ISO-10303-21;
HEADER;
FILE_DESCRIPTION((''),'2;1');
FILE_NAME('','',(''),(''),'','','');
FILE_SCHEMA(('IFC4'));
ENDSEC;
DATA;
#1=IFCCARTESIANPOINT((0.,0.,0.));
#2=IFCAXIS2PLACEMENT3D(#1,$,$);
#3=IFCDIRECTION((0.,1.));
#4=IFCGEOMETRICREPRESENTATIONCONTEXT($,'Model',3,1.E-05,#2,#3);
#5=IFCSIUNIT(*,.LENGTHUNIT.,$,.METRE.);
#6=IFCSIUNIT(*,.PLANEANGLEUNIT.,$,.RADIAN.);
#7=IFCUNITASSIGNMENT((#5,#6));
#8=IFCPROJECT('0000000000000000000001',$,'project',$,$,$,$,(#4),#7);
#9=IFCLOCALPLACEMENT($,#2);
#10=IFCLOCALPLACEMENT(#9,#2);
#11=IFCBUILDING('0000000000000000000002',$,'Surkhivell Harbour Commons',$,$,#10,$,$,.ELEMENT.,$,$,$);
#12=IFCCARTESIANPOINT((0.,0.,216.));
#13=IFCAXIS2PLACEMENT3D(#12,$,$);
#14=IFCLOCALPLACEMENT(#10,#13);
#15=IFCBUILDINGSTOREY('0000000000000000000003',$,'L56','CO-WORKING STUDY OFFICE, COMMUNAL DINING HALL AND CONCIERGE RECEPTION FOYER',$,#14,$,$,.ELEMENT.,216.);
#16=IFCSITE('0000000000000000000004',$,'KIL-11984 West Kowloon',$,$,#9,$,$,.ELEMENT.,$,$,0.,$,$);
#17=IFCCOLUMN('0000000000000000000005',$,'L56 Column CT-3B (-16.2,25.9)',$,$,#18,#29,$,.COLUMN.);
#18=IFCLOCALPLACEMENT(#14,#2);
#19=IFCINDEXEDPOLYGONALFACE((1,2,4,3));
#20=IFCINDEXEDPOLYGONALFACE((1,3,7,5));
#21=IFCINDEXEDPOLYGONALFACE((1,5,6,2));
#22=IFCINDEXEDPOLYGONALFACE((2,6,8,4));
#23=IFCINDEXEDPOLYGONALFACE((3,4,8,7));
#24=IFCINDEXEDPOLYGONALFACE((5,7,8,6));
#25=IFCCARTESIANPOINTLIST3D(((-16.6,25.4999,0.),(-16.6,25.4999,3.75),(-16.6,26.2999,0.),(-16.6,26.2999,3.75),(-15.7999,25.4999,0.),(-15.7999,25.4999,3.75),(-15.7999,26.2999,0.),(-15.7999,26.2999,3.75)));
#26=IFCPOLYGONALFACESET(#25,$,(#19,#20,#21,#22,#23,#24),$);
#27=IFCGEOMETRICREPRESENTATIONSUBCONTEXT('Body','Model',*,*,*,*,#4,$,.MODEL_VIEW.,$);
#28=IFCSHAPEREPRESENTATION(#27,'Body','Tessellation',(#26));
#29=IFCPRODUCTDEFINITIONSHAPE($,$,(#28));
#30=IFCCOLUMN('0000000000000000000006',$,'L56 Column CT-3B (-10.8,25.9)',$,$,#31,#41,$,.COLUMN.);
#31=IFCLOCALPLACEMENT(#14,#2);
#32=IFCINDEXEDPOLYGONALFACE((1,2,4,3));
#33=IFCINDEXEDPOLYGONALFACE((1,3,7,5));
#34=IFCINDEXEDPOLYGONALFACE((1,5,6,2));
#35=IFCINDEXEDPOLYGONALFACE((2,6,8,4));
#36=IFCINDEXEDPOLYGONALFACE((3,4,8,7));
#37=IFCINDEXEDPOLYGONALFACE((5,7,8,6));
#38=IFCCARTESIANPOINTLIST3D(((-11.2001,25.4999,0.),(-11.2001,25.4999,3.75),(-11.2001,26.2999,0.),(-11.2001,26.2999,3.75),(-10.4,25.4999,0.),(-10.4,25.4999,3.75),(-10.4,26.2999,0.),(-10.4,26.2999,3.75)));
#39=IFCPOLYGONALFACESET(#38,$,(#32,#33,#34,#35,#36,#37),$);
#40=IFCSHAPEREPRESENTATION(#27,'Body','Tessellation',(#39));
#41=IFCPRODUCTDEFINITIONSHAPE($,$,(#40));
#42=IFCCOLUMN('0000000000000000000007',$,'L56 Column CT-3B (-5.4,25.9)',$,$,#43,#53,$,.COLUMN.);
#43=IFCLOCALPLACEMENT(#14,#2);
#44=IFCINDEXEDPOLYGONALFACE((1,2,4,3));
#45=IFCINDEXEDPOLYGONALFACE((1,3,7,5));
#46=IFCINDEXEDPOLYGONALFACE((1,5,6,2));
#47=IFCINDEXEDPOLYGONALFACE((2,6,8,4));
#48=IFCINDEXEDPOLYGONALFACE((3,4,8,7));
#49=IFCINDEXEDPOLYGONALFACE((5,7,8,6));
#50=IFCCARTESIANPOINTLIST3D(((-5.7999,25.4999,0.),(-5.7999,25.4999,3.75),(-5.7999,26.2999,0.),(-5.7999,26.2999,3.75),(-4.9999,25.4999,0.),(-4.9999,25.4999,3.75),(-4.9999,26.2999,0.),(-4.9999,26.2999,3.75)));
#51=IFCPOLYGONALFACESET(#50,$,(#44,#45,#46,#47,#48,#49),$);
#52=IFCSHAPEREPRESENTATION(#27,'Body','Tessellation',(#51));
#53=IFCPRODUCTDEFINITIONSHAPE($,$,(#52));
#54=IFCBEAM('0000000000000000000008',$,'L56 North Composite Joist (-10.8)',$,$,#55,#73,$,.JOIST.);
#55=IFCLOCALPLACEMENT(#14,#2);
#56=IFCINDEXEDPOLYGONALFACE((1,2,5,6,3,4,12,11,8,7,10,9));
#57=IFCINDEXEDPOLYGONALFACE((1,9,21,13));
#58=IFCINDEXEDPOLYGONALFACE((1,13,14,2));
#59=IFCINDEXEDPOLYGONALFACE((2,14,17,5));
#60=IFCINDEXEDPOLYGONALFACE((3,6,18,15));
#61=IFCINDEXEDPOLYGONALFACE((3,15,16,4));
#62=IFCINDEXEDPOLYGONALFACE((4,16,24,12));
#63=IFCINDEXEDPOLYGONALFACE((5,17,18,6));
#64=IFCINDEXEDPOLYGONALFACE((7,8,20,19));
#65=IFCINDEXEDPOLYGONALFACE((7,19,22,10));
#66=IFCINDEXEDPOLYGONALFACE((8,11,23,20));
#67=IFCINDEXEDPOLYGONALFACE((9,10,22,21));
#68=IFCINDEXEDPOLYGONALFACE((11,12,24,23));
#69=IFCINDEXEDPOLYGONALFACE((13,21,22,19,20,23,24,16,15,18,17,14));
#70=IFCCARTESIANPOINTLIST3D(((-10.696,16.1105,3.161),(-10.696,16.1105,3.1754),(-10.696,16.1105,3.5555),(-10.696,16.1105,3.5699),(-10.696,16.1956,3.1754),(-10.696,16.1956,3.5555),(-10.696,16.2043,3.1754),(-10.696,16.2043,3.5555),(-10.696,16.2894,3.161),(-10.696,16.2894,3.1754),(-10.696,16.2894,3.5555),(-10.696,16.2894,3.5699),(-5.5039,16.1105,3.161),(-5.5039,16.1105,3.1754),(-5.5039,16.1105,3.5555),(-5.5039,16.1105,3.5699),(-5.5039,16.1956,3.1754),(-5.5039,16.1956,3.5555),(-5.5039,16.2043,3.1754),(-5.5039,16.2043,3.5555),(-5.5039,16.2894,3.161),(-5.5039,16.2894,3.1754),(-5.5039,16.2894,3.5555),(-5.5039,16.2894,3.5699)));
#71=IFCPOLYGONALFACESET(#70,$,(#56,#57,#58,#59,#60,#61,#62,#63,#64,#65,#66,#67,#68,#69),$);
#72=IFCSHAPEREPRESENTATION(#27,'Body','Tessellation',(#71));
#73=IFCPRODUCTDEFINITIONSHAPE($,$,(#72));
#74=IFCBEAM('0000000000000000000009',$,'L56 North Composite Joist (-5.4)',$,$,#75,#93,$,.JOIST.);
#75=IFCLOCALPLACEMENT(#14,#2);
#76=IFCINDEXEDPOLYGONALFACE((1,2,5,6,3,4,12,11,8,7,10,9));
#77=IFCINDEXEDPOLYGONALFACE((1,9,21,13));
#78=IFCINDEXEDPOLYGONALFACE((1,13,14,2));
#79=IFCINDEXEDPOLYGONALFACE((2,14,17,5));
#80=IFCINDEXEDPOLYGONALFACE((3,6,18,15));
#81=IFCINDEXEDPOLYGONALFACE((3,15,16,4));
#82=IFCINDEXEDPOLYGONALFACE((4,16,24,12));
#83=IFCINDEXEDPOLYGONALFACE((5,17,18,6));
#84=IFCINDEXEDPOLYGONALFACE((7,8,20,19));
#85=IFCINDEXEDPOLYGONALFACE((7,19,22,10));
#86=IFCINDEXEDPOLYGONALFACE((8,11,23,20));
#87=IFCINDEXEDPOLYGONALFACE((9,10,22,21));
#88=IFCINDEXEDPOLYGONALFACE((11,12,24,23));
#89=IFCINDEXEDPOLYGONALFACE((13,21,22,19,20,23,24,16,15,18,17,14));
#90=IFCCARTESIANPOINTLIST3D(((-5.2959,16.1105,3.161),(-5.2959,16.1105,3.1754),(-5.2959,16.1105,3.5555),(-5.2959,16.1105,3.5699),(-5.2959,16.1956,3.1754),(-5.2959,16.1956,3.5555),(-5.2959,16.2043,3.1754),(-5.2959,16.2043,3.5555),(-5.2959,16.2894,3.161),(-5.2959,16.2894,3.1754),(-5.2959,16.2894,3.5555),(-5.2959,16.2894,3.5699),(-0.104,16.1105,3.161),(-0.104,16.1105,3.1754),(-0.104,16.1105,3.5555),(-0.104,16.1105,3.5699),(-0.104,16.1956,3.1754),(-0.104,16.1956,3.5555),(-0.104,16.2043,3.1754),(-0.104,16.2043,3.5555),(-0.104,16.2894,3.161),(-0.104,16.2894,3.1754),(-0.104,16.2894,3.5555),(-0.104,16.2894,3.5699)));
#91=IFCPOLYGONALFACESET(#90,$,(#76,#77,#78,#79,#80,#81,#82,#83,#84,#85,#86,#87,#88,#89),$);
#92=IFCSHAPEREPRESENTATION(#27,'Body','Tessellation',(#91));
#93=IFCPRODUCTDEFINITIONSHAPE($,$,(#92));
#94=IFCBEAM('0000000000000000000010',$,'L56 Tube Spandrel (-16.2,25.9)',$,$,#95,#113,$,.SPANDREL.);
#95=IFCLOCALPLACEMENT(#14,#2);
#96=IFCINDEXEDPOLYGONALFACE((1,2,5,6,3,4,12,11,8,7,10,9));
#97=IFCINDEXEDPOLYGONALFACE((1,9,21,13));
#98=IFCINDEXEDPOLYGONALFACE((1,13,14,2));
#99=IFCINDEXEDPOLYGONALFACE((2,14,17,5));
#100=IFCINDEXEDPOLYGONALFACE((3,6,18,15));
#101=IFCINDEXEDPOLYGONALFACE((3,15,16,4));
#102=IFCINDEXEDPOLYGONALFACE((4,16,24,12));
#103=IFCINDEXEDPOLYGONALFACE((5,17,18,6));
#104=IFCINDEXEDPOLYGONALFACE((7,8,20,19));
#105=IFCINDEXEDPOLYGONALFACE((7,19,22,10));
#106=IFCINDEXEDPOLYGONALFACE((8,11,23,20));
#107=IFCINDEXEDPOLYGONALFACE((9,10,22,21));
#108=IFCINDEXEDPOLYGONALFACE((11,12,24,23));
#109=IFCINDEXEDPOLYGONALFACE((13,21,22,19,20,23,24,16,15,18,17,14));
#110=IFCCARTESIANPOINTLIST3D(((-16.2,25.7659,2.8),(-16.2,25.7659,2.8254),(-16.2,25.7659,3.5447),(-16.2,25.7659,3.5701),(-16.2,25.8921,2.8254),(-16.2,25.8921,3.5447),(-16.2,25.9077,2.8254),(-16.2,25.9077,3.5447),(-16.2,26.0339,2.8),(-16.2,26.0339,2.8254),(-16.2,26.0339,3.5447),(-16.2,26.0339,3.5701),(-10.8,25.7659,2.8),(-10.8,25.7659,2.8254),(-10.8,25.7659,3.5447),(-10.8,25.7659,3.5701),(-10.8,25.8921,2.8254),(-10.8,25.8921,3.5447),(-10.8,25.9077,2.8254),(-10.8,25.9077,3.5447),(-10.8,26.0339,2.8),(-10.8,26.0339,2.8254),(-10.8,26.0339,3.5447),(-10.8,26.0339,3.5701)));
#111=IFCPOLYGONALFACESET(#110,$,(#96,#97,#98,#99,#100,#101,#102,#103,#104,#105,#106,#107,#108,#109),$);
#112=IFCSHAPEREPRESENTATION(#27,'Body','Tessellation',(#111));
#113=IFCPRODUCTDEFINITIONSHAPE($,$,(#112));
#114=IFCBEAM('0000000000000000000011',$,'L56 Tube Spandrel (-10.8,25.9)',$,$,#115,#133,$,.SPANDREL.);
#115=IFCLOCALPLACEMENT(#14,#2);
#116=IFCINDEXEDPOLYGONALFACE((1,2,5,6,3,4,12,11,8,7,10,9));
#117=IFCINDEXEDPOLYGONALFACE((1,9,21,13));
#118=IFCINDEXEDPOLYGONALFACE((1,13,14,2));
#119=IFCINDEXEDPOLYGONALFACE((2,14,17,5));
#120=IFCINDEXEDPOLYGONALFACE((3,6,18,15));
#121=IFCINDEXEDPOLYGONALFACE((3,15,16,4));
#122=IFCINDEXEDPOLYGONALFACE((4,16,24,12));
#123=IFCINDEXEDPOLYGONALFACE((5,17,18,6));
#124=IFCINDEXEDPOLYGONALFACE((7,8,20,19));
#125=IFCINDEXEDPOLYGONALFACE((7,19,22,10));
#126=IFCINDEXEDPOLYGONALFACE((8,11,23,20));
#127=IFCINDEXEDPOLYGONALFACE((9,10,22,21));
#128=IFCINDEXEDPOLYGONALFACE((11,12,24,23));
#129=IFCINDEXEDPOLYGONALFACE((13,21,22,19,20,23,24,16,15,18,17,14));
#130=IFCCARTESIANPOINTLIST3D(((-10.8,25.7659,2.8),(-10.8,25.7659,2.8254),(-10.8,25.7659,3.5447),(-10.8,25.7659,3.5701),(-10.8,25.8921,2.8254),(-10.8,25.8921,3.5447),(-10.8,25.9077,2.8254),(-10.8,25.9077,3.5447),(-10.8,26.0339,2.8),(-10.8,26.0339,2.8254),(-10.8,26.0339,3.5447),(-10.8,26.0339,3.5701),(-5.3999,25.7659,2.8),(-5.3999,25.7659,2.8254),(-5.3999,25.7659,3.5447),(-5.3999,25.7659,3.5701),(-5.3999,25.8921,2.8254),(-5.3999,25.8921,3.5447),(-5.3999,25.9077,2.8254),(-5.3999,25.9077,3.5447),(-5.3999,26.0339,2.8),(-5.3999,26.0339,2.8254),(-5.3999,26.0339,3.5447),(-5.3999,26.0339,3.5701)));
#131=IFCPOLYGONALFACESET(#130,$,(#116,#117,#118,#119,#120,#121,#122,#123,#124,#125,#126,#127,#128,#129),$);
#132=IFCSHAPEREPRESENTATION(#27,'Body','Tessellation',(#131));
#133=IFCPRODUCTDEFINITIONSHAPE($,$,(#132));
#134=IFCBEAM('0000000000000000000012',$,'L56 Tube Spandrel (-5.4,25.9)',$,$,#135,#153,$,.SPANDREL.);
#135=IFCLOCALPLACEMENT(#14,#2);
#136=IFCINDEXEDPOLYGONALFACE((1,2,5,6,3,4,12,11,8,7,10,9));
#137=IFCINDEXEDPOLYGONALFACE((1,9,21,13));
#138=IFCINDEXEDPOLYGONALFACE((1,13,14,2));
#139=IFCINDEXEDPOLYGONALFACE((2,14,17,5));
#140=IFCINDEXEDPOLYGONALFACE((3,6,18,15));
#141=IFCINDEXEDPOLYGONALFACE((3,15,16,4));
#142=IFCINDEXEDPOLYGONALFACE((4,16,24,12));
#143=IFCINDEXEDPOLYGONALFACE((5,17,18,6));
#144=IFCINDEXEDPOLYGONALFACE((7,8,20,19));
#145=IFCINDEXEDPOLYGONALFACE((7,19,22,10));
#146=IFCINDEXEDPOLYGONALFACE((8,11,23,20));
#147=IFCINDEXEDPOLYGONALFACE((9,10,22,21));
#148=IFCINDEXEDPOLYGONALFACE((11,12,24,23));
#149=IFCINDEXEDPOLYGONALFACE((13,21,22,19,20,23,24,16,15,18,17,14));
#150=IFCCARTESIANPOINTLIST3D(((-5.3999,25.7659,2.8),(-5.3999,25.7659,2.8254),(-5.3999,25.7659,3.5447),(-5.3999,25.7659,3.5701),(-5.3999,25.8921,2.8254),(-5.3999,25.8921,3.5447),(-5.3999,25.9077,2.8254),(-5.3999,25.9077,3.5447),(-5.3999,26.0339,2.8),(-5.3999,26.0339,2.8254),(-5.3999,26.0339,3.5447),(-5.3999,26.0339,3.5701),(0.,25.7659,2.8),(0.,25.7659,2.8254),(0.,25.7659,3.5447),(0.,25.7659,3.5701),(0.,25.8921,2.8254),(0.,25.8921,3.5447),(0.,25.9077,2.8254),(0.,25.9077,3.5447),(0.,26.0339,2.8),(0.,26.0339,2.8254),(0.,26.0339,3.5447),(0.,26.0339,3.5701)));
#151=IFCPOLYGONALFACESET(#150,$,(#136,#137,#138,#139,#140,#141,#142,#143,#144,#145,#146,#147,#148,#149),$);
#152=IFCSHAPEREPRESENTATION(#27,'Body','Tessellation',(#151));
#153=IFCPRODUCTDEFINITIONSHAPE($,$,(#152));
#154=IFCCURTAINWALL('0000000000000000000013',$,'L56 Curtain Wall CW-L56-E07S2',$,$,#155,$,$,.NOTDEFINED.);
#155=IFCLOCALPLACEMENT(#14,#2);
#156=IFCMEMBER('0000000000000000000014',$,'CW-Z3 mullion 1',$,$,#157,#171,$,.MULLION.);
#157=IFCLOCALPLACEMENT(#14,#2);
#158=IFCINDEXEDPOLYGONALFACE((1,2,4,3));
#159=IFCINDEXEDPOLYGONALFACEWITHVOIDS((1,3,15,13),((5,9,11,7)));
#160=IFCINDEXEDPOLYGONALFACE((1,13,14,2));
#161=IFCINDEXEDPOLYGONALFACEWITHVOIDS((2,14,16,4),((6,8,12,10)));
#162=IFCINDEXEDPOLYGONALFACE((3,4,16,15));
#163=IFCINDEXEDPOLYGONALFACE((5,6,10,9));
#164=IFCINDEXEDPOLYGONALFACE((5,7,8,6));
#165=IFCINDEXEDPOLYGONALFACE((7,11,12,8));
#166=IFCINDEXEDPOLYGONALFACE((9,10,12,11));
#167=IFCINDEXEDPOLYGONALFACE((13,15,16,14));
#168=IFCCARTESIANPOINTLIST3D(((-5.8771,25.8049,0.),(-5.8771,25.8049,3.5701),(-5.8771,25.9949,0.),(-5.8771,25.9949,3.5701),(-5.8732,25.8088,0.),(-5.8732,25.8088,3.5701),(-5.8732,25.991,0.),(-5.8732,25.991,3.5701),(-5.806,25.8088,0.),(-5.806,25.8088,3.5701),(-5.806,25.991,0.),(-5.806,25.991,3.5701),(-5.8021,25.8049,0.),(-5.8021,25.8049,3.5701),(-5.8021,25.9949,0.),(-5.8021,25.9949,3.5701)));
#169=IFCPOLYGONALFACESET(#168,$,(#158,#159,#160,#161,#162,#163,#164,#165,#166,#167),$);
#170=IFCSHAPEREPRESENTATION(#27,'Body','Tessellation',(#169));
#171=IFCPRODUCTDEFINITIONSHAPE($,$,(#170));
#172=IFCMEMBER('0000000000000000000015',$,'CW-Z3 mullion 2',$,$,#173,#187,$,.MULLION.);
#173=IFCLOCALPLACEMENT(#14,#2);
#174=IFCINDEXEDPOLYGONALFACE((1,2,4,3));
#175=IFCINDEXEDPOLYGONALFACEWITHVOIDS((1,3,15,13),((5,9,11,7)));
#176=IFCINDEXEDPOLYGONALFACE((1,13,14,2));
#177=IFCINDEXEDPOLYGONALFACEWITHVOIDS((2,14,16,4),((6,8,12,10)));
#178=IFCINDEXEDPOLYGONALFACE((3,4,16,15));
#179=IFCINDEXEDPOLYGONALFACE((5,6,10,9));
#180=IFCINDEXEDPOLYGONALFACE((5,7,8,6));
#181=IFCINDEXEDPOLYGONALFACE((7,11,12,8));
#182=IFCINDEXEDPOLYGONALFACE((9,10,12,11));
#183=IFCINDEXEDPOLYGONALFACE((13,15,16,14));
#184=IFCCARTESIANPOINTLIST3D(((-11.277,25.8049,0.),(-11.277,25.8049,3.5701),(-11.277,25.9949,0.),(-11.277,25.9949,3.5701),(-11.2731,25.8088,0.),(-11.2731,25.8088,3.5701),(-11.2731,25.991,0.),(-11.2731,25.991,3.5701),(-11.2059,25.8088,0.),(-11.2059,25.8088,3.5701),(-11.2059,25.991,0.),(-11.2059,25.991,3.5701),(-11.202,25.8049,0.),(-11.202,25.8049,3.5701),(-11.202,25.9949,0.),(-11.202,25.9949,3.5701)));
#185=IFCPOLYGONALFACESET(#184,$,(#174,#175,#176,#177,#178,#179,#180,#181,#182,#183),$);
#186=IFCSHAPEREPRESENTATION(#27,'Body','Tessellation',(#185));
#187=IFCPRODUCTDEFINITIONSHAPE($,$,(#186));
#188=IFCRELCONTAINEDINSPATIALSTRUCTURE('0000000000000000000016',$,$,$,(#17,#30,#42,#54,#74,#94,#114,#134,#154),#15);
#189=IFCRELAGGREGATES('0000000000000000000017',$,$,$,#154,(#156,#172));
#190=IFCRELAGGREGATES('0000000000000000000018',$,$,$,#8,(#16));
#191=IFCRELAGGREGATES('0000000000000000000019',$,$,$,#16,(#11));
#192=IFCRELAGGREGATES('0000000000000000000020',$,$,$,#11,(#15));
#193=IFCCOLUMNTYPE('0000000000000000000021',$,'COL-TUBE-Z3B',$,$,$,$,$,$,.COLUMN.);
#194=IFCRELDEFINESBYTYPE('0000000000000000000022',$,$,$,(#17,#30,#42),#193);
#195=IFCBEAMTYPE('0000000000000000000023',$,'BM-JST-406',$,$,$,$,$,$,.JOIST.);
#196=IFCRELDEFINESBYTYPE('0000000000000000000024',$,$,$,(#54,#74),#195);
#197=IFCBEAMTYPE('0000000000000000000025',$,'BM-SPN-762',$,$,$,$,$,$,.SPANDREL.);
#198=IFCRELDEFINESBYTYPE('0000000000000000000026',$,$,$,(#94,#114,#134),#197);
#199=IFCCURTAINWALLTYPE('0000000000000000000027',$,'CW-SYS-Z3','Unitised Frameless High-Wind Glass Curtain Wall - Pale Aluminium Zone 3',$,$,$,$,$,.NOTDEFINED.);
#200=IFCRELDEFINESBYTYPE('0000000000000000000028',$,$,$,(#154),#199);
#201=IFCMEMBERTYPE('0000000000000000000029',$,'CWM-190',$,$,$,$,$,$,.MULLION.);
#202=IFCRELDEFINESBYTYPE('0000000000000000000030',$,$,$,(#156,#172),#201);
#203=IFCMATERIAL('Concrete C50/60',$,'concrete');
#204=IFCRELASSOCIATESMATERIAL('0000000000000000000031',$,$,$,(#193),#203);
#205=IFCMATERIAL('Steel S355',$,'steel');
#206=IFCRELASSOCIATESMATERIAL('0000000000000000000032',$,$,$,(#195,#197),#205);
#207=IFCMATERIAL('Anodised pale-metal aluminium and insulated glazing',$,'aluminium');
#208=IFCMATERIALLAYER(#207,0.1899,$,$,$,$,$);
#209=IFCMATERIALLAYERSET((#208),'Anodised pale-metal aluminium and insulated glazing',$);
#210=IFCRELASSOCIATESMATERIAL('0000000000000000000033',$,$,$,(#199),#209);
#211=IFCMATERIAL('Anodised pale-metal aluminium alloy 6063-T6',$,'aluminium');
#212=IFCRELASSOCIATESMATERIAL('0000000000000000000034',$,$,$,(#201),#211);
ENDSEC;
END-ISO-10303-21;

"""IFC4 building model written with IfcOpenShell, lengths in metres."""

from ifc_helpers import new_model, si_unit, direction, frame, origin, origin_2d, place, context, subcontext, project, spatial, rectangle, hollow_rectangle, i_section, extrude, material, layer, layer_set, material_profile, profile_set, type_object, element, aggregate, save


model = new_model("IFC4")

# Units and contexts
model_context = context("Model", 3, precision=1e-05, world=origin(), true_north=direction((0.0, 1.0)))
body_context = subcontext(model_context, "Body", "Model", "MODEL_VIEW")
ifc_project = project(units=[si_unit("LENGTHUNIT", "METRE"), si_unit("PLANEANGLEUNIT", "RADIAN")], contexts=[model_context])

# Site, building, storey
site_placement = place(None, origin())
site = spatial("IfcSite", under=ifc_project, at=site_placement, Name="KIL-11984 West Kowloon", CompositionType="ELEMENT", RefElevation=0.0)
building_placement = place(site_placement, origin())
building = spatial("IfcBuilding", under=site, at=building_placement, Name="Surkhivell Harbour Commons", CompositionType="ELEMENT")
storey_placement = place(building_placement, frame((0.0, 0.0, 216.0)))
storey = spatial("IfcBuildingStorey", under=building, at=storey_placement, Name="L56", Description="CO-WORKING STUDY OFFICE, COMMUNAL DINING HALL AND CONCIERGE RECEPTION FOYER", CompositionType="ELEMENT", Elevation=216.0)

# Columns
ifc_material_1 = material(Name="Concrete C50/60", Category="concrete")
ifc_material_profile_1 = material_profile(ifc_material_1, rectangle(XDim=0.8, YDim=0.8, at=origin_2d()), Name="RC-COL-800x800")
ifc_profile_set_1 = profile_set([ifc_material_profile_1], Name="Concrete C50/60")
column_type = type_object("IfcColumnType", Name="COL-TUBE-Z3B", PredefinedType="COLUMN", material=ifc_profile_set_1)
for number, where, z_axis, x_axis, name in (
    (1, (-16.2, 25.8999, 0.0), (0.0, 0.0, 1.0), (1.0, 0.0, 0.0), "L56 Column CT-3B (-16.2,25.9)"),
    (2, (-10.8, 25.8999, 0.0), (0.0, 0.0, 1.0), (1.0, 0.0, 0.0), "L56 Column CT-3B (-10.8,25.9)"),
    (3, (-5.3999, 25.8999, 0.0), (0.0, 0.0, 1.0), (1.0, 0.0, 0.0), "L56 Column CT-3B (-5.4,25.9)"),
):
    element("IfcColumn", number, at=place(storey_placement, frame(where, z_axis=z_axis, x_axis=x_axis)), inside=storey, type_object=column_type, Name=name, PredefinedType="COLUMN", context=body_context, shape_type="SweptSolid", body=[
        extrude(rectangle(XDim=0.8, YDim=0.8, at=origin_2d()), origin(), (0.0, 0.0, 1.0), 3.75),
    ])

# Beams
ifc_material_2 = material(Name="Steel S355", Category="steel")
ifc_material_profile_2 = material_profile(ifc_material_2, i_section(OverallWidth=0.179, OverallDepth=0.4089, WebThickness=0.0088, FlangeThickness=0.0144, at=origin_2d()), Name="UB406x178x67")
ifc_profile_set_2 = profile_set([ifc_material_profile_2], Name="Steel S355")
beam_type_1 = type_object("IfcBeamType", Name="BM-JST-406", PredefinedType="JOIST", material=ifc_profile_set_2)
beam_1_placement = place(storey_placement, frame((-10.696, 16.2, 3.3655), z_axis=(1.0, 0.0, 0.0), x_axis=(0.0, 1.0, 0.0)))
element("IfcBeam", 4, at=beam_1_placement, inside=storey, type_object=beam_type_1, Name="L56 North Composite Joist (-10.8)", PredefinedType="JOIST", context=body_context, shape_type="SweptSolid", body=[
    extrude(i_section(OverallWidth=0.179, OverallDepth=0.4089, WebThickness=0.0088, FlangeThickness=0.0144, at=origin_2d()), origin(), (0.0, 0.0, 1.0), 5.1921),
])
beam_2_placement = place(storey_placement, frame((-5.2959, 16.2, 3.3655), z_axis=(1.0, 0.0, 0.0), x_axis=(0.0, 1.0, 0.0)))
element("IfcBeam", 5, at=beam_2_placement, inside=storey, type_object=beam_type_1, Name="L56 North Composite Joist (-5.4)", PredefinedType="JOIST", context=body_context, shape_type="SweptSolid", body=[
    extrude(i_section(OverallWidth=0.179, OverallDepth=0.4089, WebThickness=0.0088, FlangeThickness=0.0144, at=origin_2d()), origin(), (0.0, 0.0, 1.0), 5.1919),
])
ifc_material_profile_3 = material_profile(ifc_material_2, i_section(OverallWidth=0.2681, OverallDepth=0.77, WebThickness=0.0156, FlangeThickness=0.0254, at=origin_2d()), Name="UB762x267x197")
ifc_profile_set_3 = profile_set([ifc_material_profile_3], Name="Steel S355")
beam_type_2 = type_object("IfcBeamType", Name="BM-SPN-762", PredefinedType="SPANDREL", material=ifc_profile_set_3)
beam_3_placement = place(storey_placement, frame((-16.2, 25.8999, 3.1851), z_axis=(1.0, 0.0, 0.0), x_axis=(0.0, 1.0, 0.0)))
element("IfcBeam", 6, at=beam_3_placement, inside=storey, type_object=beam_type_2, Name="L56 Tube Spandrel (-16.2,25.9)", PredefinedType="SPANDREL", context=body_context, shape_type="SweptSolid", body=[
    extrude(i_section(OverallWidth=0.2681, OverallDepth=0.77, WebThickness=0.0156, FlangeThickness=0.0254, at=origin_2d()), origin(), (0.0, 0.0, 1.0), 5.3999),
])
beam_4_placement = place(storey_placement, frame((-10.8, 25.8999, 3.1851), z_axis=(1.0, 0.0, 0.0), x_axis=(0.0, 1.0, 0.0)))
element("IfcBeam", 7, at=beam_4_placement, inside=storey, type_object=beam_type_2, Name="L56 Tube Spandrel (-10.8,25.9)", PredefinedType="SPANDREL", context=body_context, shape_type="SweptSolid", body=[
    extrude(i_section(OverallWidth=0.2681, OverallDepth=0.77, WebThickness=0.0156, FlangeThickness=0.0254, at=origin_2d()), origin(), (0.0, 0.0, 1.0), 5.4001),
])
beam_5_placement = place(storey_placement, frame((-5.3999, 25.8999, 3.1851), z_axis=(1.0, 0.0, 0.0), x_axis=(0.0, 1.0, 0.0)))
element("IfcBeam", 8, at=beam_5_placement, inside=storey, type_object=beam_type_2, Name="L56 Tube Spandrel (-5.4,25.9)", PredefinedType="SPANDREL", context=body_context, shape_type="SweptSolid", body=[
    extrude(i_section(OverallWidth=0.2681, OverallDepth=0.77, WebThickness=0.0156, FlangeThickness=0.0254, at=origin_2d()), origin(), (0.0, 0.0, 1.0), 5.3999),
])

# Curtain wall, members
ifc_material_3 = material(Name="Anodised pale-metal aluminium and insulated glazing", Category="aluminium")
ifc_layer_1 = layer(ifc_material_3, 0.1899)
ifc_layer_set_1 = layer_set([ifc_layer_1], Name="Anodised pale-metal aluminium and insulated glazing")
curtain_wall_type = type_object("IfcCurtainWallType", Name="CW-SYS-Z3", Description="Unitised Frameless High-Wind Glass Curtain Wall - Pale Aluminium Zone 3", PredefinedType="NOTDEFINED", material=ifc_layer_set_1)
curtain_wall_placement = place(storey_placement, origin())
curtain_wall = element("IfcCurtainWall", 9, at=curtain_wall_placement, inside=storey, type_object=curtain_wall_type, Name="L56 Curtain Wall CW-L56-E07S2", PredefinedType="NOTDEFINED")
ifc_material_4 = material(Name="Anodised pale-metal aluminium alloy 6063-T6", Category="aluminium")
ifc_material_profile_4 = material_profile(ifc_material_4, hollow_rectangle(XDim=0.075, YDim=0.1899, WallThickness=0.0039, at=origin_2d()), Name="ALU-MULL-75x190")
ifc_profile_set_4 = profile_set([ifc_material_profile_4], Name="Anodised pale-metal aluminium alloy 6063-T6")
member_type_1 = type_object("IfcMemberType", Name="CWM-190", PredefinedType="MULLION", material=ifc_profile_set_4)
member_1_placement = place(storey_placement, frame((-5.8396, 25.8999, 0.0), z_axis=(0.0, 0.0, 1.0), x_axis=(-1.0, 0.0, 0.0)))
member_1 = element("IfcMember", 10, at=member_1_placement, type_object=member_type_1, Name="CW-Z3 mullion 1", PredefinedType="MULLION", context=body_context, shape_type="SweptSolid", body=[
    extrude(hollow_rectangle(XDim=0.075, YDim=0.1899, WallThickness=0.0039, at=origin_2d()), origin(), (0.0, 0.0, 1.0), 3.5701),
])
member_2_placement = place(storey_placement, frame((-11.2395, 25.8999, 0.0), z_axis=(0.0, 0.0, 1.0), x_axis=(-1.0, 0.0, 0.0)))
member_2 = element("IfcMember", 11, at=member_2_placement, type_object=member_type_1, Name="CW-Z3 mullion 2", PredefinedType="MULLION", context=body_context, shape_type="SweptSolid", body=[
    extrude(hollow_rectangle(XDim=0.075, YDim=0.1899, WallThickness=0.0039, at=origin_2d()), origin(), (0.0, 0.0, 1.0), 3.5701),
])

aggregate(curtain_wall, [member_1, member_2])

save(model, "model.ifc")
